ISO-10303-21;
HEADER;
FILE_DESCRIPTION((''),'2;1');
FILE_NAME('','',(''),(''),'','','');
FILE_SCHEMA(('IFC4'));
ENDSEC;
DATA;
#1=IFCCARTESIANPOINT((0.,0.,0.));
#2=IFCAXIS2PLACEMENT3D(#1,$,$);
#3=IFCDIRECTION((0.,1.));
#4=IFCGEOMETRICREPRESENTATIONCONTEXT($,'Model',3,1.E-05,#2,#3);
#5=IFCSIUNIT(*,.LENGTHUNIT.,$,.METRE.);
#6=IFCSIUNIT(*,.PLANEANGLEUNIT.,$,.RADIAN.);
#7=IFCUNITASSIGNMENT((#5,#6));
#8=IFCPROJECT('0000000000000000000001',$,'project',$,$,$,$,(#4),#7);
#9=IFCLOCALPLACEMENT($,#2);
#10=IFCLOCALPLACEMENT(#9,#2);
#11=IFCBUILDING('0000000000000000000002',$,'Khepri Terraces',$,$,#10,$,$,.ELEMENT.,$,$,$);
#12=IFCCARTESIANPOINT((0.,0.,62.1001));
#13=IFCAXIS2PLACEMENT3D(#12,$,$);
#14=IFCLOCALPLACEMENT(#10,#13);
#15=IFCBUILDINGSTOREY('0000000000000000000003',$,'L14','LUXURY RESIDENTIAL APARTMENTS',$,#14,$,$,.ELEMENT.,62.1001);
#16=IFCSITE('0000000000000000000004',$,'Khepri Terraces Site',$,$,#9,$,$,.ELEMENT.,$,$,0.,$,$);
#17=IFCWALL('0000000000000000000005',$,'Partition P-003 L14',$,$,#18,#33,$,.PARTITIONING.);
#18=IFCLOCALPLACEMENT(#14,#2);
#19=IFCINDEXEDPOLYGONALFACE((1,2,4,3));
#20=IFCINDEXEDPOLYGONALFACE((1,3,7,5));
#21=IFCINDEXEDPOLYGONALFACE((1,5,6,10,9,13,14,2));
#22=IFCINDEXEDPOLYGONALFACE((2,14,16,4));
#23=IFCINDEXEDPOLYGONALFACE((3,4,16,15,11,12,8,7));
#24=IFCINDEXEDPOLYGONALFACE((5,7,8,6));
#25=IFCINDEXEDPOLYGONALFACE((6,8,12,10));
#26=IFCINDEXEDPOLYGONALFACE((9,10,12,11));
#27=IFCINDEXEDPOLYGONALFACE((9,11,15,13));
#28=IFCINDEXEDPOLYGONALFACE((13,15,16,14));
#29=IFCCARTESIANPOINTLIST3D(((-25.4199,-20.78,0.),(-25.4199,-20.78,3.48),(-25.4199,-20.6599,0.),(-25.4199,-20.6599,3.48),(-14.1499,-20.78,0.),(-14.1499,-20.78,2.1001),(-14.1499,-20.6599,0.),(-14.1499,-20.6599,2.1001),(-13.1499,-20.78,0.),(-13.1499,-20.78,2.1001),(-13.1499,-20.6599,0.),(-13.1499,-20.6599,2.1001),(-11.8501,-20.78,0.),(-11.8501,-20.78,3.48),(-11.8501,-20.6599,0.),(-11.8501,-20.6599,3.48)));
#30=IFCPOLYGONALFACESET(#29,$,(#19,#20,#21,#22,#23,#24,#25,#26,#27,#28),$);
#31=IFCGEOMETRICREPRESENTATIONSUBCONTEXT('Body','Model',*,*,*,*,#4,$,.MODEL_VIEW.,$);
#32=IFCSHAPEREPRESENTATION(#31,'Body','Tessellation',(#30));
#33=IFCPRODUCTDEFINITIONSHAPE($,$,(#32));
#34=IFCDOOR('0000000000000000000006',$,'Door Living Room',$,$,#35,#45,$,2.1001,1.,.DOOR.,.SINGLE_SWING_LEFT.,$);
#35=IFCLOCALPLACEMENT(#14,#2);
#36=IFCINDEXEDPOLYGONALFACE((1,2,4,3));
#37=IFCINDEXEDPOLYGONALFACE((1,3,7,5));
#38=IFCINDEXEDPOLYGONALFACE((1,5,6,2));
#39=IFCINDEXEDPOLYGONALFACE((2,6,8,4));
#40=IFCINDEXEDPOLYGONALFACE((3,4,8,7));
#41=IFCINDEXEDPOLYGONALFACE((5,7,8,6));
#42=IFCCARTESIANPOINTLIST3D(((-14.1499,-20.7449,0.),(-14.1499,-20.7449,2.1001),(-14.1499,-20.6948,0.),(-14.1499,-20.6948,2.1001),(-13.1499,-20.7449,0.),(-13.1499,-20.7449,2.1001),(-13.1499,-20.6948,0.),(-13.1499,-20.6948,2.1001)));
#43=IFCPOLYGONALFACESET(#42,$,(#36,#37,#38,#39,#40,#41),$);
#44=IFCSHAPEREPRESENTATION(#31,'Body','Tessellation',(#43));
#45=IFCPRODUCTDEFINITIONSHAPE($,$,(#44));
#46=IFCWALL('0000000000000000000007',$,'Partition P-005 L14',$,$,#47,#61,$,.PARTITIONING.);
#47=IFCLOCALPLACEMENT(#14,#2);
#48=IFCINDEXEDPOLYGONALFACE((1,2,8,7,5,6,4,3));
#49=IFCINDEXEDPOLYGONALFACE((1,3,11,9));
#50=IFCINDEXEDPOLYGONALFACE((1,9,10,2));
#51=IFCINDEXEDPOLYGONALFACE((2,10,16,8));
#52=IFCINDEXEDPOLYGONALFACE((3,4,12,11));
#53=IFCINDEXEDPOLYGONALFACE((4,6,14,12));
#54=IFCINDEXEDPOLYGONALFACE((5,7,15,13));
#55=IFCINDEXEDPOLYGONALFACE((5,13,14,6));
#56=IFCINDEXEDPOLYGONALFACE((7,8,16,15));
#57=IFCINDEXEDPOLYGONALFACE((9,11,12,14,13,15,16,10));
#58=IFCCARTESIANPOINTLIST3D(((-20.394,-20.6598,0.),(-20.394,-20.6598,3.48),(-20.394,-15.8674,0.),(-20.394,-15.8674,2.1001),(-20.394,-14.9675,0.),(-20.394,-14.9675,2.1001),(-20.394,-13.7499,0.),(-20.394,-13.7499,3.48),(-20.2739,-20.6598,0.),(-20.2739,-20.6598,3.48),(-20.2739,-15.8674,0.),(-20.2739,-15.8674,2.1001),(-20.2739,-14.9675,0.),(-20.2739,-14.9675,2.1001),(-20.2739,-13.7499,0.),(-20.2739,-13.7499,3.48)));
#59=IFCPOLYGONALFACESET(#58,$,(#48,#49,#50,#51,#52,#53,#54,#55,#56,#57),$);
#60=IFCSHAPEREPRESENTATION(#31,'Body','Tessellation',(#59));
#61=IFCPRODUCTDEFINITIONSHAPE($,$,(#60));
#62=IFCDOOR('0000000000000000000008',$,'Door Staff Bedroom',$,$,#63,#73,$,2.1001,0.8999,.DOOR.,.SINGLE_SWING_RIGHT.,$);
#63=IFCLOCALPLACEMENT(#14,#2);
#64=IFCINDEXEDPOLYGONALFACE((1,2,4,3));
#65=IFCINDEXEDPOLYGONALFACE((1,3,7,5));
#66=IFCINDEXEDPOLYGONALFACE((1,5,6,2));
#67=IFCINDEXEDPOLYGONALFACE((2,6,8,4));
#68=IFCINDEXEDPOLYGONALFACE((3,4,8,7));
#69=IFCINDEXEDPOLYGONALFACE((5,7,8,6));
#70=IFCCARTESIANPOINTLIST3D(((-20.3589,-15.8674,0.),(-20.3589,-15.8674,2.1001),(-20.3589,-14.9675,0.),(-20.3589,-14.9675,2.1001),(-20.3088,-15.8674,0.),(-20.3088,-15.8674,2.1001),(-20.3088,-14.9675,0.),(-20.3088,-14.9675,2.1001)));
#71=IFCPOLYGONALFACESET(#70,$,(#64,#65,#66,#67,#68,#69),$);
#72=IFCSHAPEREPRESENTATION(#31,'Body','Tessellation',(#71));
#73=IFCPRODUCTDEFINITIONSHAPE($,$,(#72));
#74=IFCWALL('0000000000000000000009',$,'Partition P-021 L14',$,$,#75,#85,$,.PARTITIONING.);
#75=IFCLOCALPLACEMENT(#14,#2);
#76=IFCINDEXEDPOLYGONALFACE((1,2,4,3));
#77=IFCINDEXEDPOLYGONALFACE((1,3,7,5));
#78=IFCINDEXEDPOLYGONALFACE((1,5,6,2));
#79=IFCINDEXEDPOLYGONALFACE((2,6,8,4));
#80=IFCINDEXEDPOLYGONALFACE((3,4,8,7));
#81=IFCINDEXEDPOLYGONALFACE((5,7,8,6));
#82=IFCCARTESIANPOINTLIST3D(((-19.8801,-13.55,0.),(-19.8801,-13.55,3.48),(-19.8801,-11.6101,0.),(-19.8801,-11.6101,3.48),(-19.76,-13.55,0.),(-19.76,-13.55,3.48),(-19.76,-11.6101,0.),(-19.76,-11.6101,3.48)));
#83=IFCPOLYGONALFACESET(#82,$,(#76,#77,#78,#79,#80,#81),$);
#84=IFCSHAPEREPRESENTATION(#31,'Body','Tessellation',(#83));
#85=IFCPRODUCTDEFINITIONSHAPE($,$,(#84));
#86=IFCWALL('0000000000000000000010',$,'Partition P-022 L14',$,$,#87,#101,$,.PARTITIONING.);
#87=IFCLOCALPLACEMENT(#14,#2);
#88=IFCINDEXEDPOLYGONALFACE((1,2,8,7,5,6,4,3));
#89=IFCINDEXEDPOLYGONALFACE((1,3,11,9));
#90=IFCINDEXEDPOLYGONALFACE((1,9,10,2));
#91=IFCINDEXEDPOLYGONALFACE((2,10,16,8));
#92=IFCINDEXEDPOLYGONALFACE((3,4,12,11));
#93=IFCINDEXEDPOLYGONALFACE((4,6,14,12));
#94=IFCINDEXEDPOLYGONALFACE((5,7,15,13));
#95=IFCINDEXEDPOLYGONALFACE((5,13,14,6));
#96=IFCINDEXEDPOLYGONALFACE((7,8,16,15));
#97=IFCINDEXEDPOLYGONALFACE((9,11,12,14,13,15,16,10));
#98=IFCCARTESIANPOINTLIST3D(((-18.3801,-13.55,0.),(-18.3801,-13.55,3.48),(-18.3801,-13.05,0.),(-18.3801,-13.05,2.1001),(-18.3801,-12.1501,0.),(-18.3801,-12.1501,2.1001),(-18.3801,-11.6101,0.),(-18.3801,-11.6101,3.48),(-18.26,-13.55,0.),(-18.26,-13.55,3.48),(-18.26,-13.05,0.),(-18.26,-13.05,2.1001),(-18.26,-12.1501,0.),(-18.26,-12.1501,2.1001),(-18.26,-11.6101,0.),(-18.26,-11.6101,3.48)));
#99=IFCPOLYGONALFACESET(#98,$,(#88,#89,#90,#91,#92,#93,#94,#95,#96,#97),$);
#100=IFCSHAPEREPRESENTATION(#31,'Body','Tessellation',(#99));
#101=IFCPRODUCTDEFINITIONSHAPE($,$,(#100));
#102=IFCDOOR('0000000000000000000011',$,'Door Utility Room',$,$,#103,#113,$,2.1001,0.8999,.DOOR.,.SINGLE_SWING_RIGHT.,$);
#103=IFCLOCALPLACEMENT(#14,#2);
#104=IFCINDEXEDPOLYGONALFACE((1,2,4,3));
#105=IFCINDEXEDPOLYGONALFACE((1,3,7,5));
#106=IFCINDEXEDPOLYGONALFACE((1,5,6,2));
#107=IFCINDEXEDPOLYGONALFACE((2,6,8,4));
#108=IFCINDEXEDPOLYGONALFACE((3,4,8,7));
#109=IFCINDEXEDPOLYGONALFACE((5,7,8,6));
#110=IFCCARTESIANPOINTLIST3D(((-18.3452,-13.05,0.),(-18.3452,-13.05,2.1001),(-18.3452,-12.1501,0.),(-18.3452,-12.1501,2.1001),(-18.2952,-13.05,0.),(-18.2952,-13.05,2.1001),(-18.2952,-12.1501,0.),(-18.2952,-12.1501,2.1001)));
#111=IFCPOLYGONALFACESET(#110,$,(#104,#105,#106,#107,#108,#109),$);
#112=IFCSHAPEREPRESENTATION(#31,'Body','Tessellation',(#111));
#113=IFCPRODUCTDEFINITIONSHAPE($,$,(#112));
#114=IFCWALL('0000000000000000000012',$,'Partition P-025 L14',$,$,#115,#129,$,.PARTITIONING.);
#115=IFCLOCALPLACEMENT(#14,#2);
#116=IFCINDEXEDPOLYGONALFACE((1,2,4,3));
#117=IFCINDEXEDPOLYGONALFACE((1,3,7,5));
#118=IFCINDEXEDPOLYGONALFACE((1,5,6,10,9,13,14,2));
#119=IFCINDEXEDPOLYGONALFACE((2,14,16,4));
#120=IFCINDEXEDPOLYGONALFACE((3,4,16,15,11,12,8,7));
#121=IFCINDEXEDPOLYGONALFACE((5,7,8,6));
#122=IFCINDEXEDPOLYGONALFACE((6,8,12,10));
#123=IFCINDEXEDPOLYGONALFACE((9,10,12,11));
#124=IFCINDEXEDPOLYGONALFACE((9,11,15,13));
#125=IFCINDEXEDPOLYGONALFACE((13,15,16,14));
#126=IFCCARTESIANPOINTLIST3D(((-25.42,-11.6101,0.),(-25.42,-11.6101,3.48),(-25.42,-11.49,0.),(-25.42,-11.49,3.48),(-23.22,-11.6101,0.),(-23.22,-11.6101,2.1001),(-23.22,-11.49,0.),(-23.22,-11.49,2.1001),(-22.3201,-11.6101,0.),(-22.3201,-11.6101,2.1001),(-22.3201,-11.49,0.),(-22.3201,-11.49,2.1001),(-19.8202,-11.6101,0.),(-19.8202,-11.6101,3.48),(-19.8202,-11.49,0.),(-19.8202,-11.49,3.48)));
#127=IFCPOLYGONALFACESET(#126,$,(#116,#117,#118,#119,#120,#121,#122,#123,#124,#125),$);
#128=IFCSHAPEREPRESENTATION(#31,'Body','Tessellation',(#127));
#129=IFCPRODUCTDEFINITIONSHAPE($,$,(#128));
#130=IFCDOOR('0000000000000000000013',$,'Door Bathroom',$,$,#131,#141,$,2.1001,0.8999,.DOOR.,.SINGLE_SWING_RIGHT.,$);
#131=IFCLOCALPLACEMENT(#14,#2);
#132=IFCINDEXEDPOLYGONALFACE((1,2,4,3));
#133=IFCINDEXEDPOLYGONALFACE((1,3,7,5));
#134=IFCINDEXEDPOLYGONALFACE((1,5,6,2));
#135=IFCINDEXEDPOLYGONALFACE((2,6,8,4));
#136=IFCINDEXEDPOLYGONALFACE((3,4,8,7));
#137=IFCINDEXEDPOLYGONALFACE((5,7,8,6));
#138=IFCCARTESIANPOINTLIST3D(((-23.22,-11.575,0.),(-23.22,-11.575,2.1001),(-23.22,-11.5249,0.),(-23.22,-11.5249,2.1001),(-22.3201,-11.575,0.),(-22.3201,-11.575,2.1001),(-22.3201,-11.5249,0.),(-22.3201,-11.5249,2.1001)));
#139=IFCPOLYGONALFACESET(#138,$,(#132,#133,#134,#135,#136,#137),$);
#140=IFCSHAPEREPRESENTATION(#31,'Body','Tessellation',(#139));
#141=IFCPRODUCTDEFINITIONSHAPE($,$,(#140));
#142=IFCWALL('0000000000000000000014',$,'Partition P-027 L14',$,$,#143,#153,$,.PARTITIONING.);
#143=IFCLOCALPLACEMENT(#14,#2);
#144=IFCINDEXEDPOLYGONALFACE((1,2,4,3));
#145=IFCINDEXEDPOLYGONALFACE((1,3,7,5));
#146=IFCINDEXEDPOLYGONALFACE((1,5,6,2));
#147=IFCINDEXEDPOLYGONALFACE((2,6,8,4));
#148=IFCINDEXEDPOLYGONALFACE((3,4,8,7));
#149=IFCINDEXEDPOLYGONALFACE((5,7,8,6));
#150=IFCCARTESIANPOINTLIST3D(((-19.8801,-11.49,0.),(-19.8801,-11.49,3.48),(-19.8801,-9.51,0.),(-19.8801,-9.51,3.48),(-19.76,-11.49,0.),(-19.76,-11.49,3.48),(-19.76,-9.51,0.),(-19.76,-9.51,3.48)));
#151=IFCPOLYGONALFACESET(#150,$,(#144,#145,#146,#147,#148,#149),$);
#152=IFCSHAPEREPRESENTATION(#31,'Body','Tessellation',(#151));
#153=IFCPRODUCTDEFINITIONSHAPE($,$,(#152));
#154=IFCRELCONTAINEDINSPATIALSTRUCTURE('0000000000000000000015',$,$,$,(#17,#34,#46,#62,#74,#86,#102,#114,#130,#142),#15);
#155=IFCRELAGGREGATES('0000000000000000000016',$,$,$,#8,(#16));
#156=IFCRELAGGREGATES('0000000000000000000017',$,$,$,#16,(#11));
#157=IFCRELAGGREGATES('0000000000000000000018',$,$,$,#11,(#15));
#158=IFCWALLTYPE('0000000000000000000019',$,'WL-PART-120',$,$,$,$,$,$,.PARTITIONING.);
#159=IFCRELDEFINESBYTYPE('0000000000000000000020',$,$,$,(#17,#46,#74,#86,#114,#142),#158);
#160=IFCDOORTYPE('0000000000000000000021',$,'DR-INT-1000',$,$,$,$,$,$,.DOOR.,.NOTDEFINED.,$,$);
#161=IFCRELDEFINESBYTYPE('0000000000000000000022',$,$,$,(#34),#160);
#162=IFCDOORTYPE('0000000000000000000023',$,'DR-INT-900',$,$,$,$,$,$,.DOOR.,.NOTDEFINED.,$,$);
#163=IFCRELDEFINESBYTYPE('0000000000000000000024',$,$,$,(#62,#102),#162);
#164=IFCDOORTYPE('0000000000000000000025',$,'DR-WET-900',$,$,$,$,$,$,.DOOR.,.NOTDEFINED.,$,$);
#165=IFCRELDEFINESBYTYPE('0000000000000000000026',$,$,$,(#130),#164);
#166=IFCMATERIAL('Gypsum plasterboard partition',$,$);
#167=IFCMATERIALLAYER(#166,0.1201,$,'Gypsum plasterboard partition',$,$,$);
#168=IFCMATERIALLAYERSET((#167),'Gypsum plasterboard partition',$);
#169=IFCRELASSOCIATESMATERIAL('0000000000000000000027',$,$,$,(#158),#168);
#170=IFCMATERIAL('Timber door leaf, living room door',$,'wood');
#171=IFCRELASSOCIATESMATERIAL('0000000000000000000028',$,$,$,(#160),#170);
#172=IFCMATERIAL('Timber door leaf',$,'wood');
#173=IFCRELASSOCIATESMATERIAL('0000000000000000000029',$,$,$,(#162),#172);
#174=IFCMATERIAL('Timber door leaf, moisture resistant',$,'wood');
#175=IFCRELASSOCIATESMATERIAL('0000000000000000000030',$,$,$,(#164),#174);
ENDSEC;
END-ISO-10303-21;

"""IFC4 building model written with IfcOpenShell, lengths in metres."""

from ifc_helpers import new_model, si_unit, direction, frame, frame_2d, origin, place, context, subcontext, project, spatial, rectangle, extrude, material, layer, layer_set, type_object, element, fill, save


model = new_model("IFC4")

# Units and contexts
model_context = context("Model", 3, precision=1e-05, world=origin(), true_north=direction((0.0, 1.0)))
body_context = subcontext(model_context, "Body", "Model", "MODEL_VIEW")
ifc_project = project(units=[si_unit("LENGTHUNIT", "METRE"), si_unit("PLANEANGLEUNIT", "RADIAN")], contexts=[model_context])

# Site, building, storey
site_placement = place(None, origin())
site = spatial("IfcSite", under=ifc_project, at=site_placement, Name="Khepri Terraces Site", CompositionType="ELEMENT", RefElevation=0.0)
building_placement = place(site_placement, origin())
building = spatial("IfcBuilding", under=site, at=building_placement, Name="Khepri Terraces", CompositionType="ELEMENT")
storey_placement = place(building_placement, frame((0.0, 0.0, 62.1001)))
storey = spatial("IfcBuildingStorey", under=building, at=storey_placement, Name="L14", Description="LUXURY RESIDENTIAL APARTMENTS", CompositionType="ELEMENT", Elevation=62.1001)

# Walls, openings, doors
ifc_material_1 = material(Name="Gypsum plasterboard partition")
ifc_layer_1 = layer(ifc_material_1, 0.1201, Name="Gypsum plasterboard partition")
ifc_layer_set_1 = layer_set([ifc_layer_1], Name="Gypsum plasterboard partition")
wall_type_1 = type_object("IfcWallType", Name="WL-PART-120", PredefinedType="PARTITIONING", material=ifc_layer_set_1)
wall_1_placement = place(storey_placement, frame((-25.4199, -20.72, 0.0), z_axis=(0.0, 0.0, 1.0), x_axis=(1.0, 0.0, 0.0)))
wall_1 = element("IfcWall", 1, at=wall_1_placement, inside=storey, type_object=wall_type_1, Name="Partition P-003 L14", PredefinedType="PARTITIONING", context=body_context, shape_type="SweptSolid", body=[
    extrude(rectangle(XDim=13.5698, YDim=0.1201, at=frame_2d((6.7849, 0.0))), origin(), (0.0, 0.0, 1.0), 3.48),
])
opening_1_placement = place(wall_1_placement, frame((11.27, 0.0, 0.0)))
opening_1 = element("IfcOpeningElement", 2, at=opening_1_placement, cuts=wall_1, PredefinedType="OPENING", context=body_context, shape_type="SweptSolid", body=[
    extrude(rectangle(XDim=1.0, YDim=2.1001, at=frame_2d((0.5, 1.05))), frame((0.0, 0.0701, 0.0), z_axis=(0.0, -1.0, 0.0), x_axis=(1.0, 0.0, 0.0)), (0.0, 0.0, 1.0), 0.1401),
])
ifc_material_2 = material(Name="Timber door leaf, living room door", Category="wood")
door_type_1 = type_object("IfcDoorType", Name="DR-INT-1000", OperationType="NOTDEFINED", PredefinedType="DOOR", material=ifc_material_2)
door_1_placement = place(opening_1_placement, frame((1.0, 0.0, 0.0), z_axis=(0.0, 0.0, 1.0), x_axis=(-1.0, 0.0, 0.0)))
door_1 = element("IfcDoor", 3, at=door_1_placement, inside=storey, type_object=door_type_1, Name="Door Living Room", OperationType="SINGLE_SWING_LEFT", OverallHeight=2.1001, OverallWidth=1.0, PredefinedType="DOOR", context=body_context, shape_type="SweptSolid", body=[
    extrude(rectangle(XDim=1.0, YDim=2.1001, at=frame_2d((0.5, 1.05))), frame((0.0, 0.0249, 0.0), z_axis=(0.0, -1.0, 0.0), x_axis=(1.0, 0.0, 0.0)), (0.0, 0.0, 1.0), 0.05),
])
fill(opening_1, door_1)
wall_2_placement = place(storey_placement, frame((-20.334, -20.6599, 0.0), z_axis=(0.0, 0.0, 1.0), x_axis=(0.0, 1.0, 0.0)))
wall_2 = element("IfcWall", 4, at=wall_2_placement, inside=storey, type_object=wall_type_1, Name="Partition P-005 L14", PredefinedType="PARTITIONING", context=body_context, shape_type="SweptSolid", body=[
    extrude(rectangle(XDim=6.9099, YDim=0.1201, at=frame_2d((3.4551, 0.0))), origin(), (0.0, 0.0, 1.0), 3.48),
])
opening_2_placement = place(wall_2_placement, frame((4.7925, 0.0, 0.0)))
opening_2 = element("IfcOpeningElement", 5, at=opening_2_placement, cuts=wall_2, PredefinedType="OPENING", context=body_context, shape_type="SweptSolid", body=[
    extrude(rectangle(XDim=0.8999, YDim=2.1001, at=frame_2d((0.45, 1.05))), frame((0.0, 0.0701, 0.0), z_axis=(0.0, -1.0, 0.0), x_axis=(1.0, 0.0, 0.0)), (0.0, 0.0, 1.0), 0.1401),
])
ifc_material_3 = material(Name="Timber door leaf", Category="wood")
door_type_2 = type_object("IfcDoorType", Name="DR-INT-900", OperationType="NOTDEFINED", PredefinedType="DOOR", material=ifc_material_3)
door_2_placement = place(opening_2_placement, origin())
door_2 = element("IfcDoor", 6, at=door_2_placement, inside=storey, type_object=door_type_2, Name="Door Staff Bedroom", OperationType="SINGLE_SWING_RIGHT", OverallHeight=2.1001, OverallWidth=0.8999, PredefinedType="DOOR", context=body_context, shape_type="SweptSolid", body=[
    extrude(rectangle(XDim=0.8999, YDim=2.1001, at=frame_2d((0.45, 1.05))), frame((0.0, 0.0249, 0.0), z_axis=(0.0, -1.0, 0.0), x_axis=(1.0, 0.0, 0.0)), (0.0, 0.0, 1.0), 0.05),
])
fill(opening_2, door_2)

# Wall
wall_3_placement = place(storey_placement, frame((-19.8201, -13.55, 0.0), z_axis=(0.0, 0.0, 1.0), x_axis=(0.0, 1.0, 0.0)))
element("IfcWall", 7, at=wall_3_placement, inside=storey, type_object=wall_type_1, Name="Partition P-021 L14", PredefinedType="PARTITIONING", context=body_context, shape_type="SweptSolid", body=[
    extrude(rectangle(XDim=1.9399, YDim=0.1201, at=frame_2d((0.97, 0.0))), origin(), (0.0, 0.0, 1.0), 3.48),
])

# Walls, openings, doors
wall_4_placement = place(storey_placement, frame((-18.3201, -13.55, 0.0), z_axis=(0.0, 0.0, 1.0), x_axis=(0.0, 1.0, 0.0)))
wall_4 = element("IfcWall", 8, at=wall_4_placement, inside=storey, type_object=wall_type_1, Name="Partition P-022 L14", PredefinedType="PARTITIONING", context=body_context, shape_type="SweptSolid", body=[
    extrude(rectangle(XDim=1.9399, YDim=0.1201, at=frame_2d((0.97, 0.0))), origin(), (0.0, 0.0, 1.0), 3.48),
])
opening_3_placement = place(wall_4_placement, frame((0.5, 0.0, 0.0)))
opening_3 = element("IfcOpeningElement", 9, at=opening_3_placement, cuts=wall_4, PredefinedType="OPENING", context=body_context, shape_type="SweptSolid", body=[
    extrude(rectangle(XDim=0.8999, YDim=2.1001, at=frame_2d((0.45, 1.05))), frame((0.0, 0.0701, 0.0), z_axis=(0.0, -1.0, 0.0), x_axis=(1.0, 0.0, 0.0)), (0.0, 0.0, 1.0), 0.1401),
])
door_3_placement = place(opening_3_placement, frame((0.8999, 0.0, 0.0), z_axis=(0.0, 0.0, 1.0), x_axis=(-1.0, 0.0, 0.0)))
door_3 = element("IfcDoor", 10, at=door_3_placement, inside=storey, type_object=door_type_2, Name="Door Utility Room", OperationType="SINGLE_SWING_RIGHT", OverallHeight=2.1001, OverallWidth=0.8999, PredefinedType="DOOR", context=body_context, shape_type="SweptSolid", body=[
    extrude(rectangle(XDim=0.8999, YDim=2.1001, at=frame_2d((0.45, 1.05))), frame((0.0, 0.0249, 0.0), z_axis=(0.0, -1.0, 0.0), x_axis=(1.0, 0.0, 0.0)), (0.0, 0.0, 1.0), 0.05),
])
fill(opening_3, door_3)
wall_5_placement = place(storey_placement, frame((-25.4199, -11.55, 0.0), z_axis=(0.0, 0.0, 1.0), x_axis=(1.0, 0.0, 0.0)))
wall_5 = element("IfcWall", 11, at=wall_5_placement, inside=storey, type_object=wall_type_1, Name="Partition P-025 L14", PredefinedType="PARTITIONING", context=body_context, shape_type="SweptSolid", body=[
    extrude(rectangle(XDim=5.5999, YDim=0.1201, at=frame_2d((2.7998, 0.0))), origin(), (0.0, 0.0, 1.0), 3.48),
])
opening_4_placement = place(wall_5_placement, frame((2.2, 0.0, 0.0)))
opening_4 = element("IfcOpeningElement", 12, at=opening_4_placement, cuts=wall_5, PredefinedType="OPENING", context=body_context, shape_type="SweptSolid", body=[
    extrude(rectangle(XDim=0.8999, YDim=2.1001, at=frame_2d((0.45, 1.05))), frame((0.0, 0.0701, 0.0), z_axis=(0.0, -1.0, 0.0), x_axis=(1.0, 0.0, 0.0)), (0.0, 0.0, 1.0), 0.1401),
])
ifc_material_4 = material(Name="Timber door leaf, moisture resistant", Category="wood")
door_type_3 = type_object("IfcDoorType", Name="DR-WET-900", OperationType="NOTDEFINED", PredefinedType="DOOR", material=ifc_material_4)
door_4_placement = place(opening_4_placement, frame((0.8999, 0.0, 0.0), z_axis=(0.0, 0.0, 1.0), x_axis=(-1.0, 0.0, 0.0)))
door_4 = element("IfcDoor", 13, at=door_4_placement, inside=storey, type_object=door_type_3, Name="Door Bathroom", OperationType="SINGLE_SWING_RIGHT", OverallHeight=2.1001, OverallWidth=0.8999, PredefinedType="DOOR", context=body_context, shape_type="SweptSolid", body=[
    extrude(rectangle(XDim=0.8999, YDim=2.1001, at=frame_2d((0.45, 1.05))), frame((0.0, 0.0249, 0.0), z_axis=(0.0, -1.0, 0.0), x_axis=(1.0, 0.0, 0.0)), (0.0, 0.0, 1.0), 0.05),
])
fill(opening_4, door_4)

# Wall
wall_6_placement = place(storey_placement, frame((-19.8201, -11.49, 0.0), z_axis=(0.0, 0.0, 1.0), x_axis=(0.0, 1.0, 0.0)))
element("IfcWall", 14, at=wall_6_placement, inside=storey, type_object=wall_type_1, Name="Partition P-027 L14", PredefinedType="PARTITIONING", context=body_context, shape_type="SweptSolid", body=[
    extrude(rectangle(XDim=1.98, YDim=0.1201, at=frame_2d((0.99, 0.0))), origin(), (0.0, 0.0, 1.0), 3.48),
])

save(model, "model.ifc")
